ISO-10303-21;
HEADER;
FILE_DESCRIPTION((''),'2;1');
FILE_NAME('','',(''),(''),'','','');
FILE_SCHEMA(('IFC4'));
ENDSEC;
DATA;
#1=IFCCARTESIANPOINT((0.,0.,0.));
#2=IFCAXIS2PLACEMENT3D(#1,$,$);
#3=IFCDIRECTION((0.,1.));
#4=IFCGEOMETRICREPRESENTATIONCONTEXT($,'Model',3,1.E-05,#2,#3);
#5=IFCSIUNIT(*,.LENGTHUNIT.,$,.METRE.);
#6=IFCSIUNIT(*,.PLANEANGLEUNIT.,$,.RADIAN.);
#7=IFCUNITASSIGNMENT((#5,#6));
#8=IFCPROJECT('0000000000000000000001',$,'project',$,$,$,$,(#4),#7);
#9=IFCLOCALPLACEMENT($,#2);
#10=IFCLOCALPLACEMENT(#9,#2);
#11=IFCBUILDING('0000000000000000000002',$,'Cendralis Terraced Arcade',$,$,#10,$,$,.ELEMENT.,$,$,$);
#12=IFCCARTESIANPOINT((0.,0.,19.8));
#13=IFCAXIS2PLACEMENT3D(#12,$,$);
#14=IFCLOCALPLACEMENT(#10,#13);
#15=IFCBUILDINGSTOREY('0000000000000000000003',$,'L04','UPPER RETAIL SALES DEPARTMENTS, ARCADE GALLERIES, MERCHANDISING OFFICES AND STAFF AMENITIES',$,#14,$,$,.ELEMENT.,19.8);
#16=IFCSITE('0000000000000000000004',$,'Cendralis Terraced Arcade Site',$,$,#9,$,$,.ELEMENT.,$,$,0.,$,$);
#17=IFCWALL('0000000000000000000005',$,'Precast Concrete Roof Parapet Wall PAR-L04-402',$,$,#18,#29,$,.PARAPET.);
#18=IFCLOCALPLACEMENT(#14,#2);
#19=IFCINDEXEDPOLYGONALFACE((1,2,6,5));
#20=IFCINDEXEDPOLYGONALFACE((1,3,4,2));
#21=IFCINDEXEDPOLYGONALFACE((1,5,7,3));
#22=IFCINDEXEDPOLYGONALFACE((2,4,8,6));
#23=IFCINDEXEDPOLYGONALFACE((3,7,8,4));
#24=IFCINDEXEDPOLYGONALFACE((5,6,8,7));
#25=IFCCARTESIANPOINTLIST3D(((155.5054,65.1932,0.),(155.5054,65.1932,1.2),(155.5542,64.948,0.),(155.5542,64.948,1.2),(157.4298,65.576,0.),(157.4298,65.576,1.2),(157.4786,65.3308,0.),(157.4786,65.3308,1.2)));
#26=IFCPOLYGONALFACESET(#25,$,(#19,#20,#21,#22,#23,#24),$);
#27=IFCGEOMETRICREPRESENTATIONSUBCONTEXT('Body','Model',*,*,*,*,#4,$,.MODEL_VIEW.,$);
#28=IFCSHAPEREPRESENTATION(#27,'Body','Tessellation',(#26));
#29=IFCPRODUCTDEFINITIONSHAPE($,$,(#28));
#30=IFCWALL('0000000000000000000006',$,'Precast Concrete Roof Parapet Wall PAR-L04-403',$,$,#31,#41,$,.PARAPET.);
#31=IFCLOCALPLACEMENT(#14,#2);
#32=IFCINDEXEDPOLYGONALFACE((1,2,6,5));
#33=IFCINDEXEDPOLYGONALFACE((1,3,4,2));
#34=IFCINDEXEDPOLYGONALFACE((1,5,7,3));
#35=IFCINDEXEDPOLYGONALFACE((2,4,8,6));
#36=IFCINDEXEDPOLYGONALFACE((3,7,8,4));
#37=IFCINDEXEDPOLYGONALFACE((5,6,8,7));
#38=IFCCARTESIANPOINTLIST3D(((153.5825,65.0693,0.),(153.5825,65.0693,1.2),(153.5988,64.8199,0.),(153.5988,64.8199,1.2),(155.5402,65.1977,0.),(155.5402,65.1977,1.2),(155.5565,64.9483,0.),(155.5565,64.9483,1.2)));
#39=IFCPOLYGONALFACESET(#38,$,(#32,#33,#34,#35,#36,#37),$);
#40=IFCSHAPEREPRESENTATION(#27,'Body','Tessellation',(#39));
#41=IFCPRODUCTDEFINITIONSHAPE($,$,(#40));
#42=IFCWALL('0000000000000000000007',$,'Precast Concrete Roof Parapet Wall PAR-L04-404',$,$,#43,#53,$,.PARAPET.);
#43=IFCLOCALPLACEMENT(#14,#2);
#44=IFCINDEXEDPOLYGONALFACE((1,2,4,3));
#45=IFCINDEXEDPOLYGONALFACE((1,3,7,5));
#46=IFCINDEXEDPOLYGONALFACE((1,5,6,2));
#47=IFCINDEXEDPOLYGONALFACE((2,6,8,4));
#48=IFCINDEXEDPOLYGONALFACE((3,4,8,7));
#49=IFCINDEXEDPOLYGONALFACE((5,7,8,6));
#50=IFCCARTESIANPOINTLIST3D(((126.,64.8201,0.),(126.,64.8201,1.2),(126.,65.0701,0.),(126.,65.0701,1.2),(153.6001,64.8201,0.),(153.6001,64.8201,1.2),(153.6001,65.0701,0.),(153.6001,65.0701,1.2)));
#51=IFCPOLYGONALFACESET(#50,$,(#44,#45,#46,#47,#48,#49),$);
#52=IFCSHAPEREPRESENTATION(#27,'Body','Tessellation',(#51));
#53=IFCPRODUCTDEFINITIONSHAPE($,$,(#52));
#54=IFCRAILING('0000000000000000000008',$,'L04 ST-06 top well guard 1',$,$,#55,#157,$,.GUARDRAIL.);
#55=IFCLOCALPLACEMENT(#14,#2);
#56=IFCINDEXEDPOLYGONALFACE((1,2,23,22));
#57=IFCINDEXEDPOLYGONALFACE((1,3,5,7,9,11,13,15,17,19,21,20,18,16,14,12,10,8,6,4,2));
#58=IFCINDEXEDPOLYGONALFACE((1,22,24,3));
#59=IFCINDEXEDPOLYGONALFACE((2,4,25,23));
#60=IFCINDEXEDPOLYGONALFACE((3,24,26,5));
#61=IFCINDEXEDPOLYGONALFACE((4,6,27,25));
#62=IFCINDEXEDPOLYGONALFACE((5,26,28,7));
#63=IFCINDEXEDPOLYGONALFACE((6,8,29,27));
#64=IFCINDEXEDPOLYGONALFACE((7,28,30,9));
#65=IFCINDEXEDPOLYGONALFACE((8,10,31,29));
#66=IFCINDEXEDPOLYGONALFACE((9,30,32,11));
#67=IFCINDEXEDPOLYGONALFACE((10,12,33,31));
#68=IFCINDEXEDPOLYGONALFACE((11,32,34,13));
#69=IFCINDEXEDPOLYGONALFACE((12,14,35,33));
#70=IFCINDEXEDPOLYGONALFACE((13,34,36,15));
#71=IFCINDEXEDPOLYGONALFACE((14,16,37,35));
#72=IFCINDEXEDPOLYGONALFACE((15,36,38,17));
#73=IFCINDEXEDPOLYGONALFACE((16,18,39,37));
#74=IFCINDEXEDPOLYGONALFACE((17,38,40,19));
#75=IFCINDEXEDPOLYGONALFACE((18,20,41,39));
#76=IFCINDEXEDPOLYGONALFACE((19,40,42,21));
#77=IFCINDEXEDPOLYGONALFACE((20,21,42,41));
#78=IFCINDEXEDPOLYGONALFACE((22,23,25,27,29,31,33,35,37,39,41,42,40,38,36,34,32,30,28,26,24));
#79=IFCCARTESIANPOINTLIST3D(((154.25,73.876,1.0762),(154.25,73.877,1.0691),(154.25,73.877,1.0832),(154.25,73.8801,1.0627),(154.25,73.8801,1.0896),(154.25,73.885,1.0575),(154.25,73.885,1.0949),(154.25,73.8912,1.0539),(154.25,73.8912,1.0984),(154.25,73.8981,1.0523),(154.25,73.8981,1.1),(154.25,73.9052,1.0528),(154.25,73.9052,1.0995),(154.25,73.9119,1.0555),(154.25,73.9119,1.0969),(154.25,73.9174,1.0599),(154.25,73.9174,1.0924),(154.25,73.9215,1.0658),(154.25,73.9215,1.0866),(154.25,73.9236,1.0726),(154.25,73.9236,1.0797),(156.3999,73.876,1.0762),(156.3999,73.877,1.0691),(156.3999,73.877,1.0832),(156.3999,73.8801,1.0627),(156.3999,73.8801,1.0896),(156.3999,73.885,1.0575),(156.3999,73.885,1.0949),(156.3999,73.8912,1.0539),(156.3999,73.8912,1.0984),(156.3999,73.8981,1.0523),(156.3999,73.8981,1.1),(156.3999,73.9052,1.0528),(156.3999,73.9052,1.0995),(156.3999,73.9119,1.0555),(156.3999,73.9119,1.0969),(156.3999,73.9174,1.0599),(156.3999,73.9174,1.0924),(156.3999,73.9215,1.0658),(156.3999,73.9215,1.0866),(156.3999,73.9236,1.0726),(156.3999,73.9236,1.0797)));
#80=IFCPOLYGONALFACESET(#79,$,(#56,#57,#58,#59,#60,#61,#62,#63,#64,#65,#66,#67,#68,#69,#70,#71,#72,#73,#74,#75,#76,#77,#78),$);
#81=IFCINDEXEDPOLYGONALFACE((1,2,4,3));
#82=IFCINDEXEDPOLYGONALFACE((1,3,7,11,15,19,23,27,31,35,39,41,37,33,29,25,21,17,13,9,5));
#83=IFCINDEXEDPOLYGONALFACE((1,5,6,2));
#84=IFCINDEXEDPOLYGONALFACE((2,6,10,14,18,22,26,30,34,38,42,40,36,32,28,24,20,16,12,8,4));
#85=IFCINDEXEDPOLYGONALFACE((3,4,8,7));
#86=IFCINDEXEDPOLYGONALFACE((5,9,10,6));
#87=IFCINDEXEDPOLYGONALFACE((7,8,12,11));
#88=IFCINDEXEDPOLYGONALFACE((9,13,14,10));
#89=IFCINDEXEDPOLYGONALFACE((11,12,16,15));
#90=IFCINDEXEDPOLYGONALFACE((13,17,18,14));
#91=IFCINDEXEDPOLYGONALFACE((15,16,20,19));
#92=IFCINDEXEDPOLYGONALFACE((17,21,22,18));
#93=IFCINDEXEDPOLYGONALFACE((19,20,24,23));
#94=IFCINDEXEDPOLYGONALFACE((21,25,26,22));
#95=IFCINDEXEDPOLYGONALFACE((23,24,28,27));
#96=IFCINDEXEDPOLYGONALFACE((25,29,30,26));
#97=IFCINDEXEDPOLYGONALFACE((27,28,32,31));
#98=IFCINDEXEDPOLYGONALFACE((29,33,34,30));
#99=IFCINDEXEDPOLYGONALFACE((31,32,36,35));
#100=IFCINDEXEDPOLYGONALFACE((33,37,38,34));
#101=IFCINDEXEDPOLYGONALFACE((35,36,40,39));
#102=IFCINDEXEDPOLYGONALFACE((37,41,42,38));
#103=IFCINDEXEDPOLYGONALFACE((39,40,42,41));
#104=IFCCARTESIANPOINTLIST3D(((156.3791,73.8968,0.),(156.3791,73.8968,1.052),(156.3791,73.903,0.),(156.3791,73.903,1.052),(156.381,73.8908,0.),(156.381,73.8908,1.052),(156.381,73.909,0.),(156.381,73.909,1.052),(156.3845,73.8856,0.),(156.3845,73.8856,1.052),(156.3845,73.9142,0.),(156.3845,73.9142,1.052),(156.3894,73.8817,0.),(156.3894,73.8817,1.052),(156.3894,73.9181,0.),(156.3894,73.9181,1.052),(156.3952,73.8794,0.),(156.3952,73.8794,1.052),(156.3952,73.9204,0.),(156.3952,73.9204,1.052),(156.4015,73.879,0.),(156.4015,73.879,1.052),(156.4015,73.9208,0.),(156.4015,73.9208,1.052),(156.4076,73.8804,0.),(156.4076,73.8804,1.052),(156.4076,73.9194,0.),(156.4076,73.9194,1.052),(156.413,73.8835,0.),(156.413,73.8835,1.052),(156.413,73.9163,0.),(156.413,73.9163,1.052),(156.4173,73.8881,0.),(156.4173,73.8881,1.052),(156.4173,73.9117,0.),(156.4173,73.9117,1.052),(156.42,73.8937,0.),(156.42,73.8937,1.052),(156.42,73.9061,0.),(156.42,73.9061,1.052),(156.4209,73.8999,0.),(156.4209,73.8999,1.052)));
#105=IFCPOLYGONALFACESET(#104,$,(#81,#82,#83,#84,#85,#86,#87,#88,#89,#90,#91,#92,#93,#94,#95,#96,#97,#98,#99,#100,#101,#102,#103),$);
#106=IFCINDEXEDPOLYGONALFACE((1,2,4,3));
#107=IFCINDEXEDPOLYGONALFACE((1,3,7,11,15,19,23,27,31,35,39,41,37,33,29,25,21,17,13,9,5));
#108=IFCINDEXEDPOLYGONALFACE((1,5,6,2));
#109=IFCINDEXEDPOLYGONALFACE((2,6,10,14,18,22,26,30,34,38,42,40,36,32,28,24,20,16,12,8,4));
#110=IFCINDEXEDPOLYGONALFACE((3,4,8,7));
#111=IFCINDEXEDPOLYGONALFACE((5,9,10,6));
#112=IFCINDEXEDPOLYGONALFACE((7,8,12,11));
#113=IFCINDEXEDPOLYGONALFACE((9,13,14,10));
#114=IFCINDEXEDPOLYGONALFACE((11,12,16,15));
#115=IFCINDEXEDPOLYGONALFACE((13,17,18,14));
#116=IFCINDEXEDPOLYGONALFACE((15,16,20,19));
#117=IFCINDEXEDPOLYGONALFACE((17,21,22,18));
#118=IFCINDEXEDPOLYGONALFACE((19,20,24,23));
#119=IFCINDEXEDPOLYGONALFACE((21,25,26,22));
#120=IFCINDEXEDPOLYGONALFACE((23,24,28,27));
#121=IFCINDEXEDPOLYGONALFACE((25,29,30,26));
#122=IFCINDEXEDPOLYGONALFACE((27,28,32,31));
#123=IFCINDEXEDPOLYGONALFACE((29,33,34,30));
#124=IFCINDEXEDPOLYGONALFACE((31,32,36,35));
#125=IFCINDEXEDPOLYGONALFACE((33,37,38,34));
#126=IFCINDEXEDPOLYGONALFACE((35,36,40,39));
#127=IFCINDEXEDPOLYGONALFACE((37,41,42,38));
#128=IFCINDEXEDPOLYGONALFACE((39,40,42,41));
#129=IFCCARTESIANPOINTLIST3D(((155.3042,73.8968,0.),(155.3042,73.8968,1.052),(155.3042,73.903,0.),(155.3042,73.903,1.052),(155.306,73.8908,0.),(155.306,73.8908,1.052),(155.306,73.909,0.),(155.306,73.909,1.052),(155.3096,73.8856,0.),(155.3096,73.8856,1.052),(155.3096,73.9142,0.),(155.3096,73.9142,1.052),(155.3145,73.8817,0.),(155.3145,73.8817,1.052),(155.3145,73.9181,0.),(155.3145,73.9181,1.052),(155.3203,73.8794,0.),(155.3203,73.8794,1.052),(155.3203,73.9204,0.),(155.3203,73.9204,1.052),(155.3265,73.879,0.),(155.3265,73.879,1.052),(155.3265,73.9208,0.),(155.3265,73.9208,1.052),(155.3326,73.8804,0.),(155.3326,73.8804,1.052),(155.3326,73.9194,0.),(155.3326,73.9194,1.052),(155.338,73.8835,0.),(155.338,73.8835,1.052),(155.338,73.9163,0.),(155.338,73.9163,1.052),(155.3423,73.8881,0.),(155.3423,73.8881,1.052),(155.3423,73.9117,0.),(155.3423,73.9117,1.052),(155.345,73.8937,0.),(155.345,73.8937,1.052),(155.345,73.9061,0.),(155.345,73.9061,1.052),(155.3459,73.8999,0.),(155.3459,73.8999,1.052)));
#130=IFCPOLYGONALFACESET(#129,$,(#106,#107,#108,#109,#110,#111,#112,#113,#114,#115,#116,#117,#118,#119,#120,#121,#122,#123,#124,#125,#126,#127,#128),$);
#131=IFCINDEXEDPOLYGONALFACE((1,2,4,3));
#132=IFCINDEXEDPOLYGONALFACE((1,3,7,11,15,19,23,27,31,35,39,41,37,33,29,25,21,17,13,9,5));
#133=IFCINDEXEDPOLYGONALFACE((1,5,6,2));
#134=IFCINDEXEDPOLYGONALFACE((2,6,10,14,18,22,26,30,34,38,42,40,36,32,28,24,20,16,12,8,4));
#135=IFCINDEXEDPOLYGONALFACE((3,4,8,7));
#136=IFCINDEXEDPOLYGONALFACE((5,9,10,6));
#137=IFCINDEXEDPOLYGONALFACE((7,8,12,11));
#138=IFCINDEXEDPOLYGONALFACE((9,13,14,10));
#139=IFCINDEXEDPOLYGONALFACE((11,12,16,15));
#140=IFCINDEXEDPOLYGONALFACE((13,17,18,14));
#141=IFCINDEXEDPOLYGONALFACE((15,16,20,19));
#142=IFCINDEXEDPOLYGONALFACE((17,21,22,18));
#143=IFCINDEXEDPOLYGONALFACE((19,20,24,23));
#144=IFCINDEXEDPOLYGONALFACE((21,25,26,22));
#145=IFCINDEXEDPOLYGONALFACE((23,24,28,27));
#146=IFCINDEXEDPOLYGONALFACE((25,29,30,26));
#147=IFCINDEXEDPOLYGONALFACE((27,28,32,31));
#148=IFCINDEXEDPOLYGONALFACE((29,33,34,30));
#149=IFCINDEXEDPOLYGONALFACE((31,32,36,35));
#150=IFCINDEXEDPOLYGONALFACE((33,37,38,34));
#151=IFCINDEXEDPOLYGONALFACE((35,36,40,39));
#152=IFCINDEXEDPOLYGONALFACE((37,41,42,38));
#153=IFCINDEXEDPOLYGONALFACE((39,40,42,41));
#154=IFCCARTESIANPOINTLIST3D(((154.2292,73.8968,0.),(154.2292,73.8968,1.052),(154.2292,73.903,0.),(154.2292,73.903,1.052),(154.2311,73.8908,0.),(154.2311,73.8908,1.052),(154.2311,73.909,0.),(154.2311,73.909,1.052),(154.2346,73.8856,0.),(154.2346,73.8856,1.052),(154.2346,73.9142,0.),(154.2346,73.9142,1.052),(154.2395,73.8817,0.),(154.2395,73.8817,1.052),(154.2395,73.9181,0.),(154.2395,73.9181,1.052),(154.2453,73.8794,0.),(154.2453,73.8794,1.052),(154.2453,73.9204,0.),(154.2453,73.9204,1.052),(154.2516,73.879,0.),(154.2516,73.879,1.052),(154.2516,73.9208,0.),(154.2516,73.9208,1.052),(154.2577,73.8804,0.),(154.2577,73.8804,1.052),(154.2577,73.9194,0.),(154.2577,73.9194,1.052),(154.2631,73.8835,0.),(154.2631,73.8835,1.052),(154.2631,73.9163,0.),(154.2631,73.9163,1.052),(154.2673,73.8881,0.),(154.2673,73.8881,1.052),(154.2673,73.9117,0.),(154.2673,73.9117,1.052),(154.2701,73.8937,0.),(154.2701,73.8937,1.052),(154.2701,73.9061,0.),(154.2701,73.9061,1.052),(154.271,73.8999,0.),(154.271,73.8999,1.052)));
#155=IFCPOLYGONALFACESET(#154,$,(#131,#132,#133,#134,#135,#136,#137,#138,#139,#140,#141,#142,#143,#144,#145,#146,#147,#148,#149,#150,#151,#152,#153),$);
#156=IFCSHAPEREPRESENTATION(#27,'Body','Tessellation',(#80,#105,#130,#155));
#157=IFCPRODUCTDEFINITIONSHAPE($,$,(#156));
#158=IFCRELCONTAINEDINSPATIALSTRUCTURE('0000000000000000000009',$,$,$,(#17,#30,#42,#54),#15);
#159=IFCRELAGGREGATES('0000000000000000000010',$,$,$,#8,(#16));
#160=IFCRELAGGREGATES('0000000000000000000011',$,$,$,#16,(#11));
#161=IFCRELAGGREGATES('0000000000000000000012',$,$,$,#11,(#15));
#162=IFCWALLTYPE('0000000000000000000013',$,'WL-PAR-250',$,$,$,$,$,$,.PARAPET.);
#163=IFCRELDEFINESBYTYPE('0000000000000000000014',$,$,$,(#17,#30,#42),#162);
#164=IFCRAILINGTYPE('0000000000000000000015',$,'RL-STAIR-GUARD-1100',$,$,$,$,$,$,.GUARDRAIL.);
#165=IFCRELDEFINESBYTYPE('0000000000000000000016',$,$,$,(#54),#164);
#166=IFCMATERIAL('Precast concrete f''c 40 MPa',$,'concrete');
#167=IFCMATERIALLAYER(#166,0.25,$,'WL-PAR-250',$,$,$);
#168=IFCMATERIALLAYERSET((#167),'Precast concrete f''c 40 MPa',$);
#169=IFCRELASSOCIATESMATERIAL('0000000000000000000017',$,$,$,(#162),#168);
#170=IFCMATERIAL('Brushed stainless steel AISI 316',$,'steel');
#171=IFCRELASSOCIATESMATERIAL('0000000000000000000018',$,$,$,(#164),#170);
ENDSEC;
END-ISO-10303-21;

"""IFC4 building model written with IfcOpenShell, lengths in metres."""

from ifc_helpers import new_model, si_unit, direction, frame, frame_2d, origin, origin_2d, place, context, subcontext, project, spatial, rectangle, circle, extrude, material, layer, layer_set, type_object, element, save


model = new_model("IFC4")

# Units and contexts
model_context = context("Model", 3, precision=1e-05, world=origin(), true_north=direction((0.0, 1.0)))
body_context = subcontext(model_context, "Body", "Model", "MODEL_VIEW")
ifc_project = project(units=[si_unit("LENGTHUNIT", "METRE"), si_unit("PLANEANGLEUNIT", "RADIAN")], contexts=[model_context])

# Site, building, storey
site_placement = place(None, origin())
site = spatial("IfcSite", under=ifc_project, at=site_placement, Name="Cendralis Terraced Arcade Site", CompositionType="ELEMENT", RefElevation=0.0)
building_placement = place(site_placement, origin())
building = spatial("IfcBuilding", under=site, at=building_placement, Name="Cendralis Terraced Arcade", CompositionType="ELEMENT")
storey_placement = place(building_placement, frame((0.0, 0.0, 19.8)))
storey = spatial("IfcBuildingStorey", under=building, at=storey_placement, Name="L04", Description="UPPER RETAIL SALES DEPARTMENTS, ARCADE GALLERIES, MERCHANDISING OFFICES AND STAFF AMENITIES", CompositionType="ELEMENT", Elevation=19.8)

# Walls
ifc_material_1 = material(Name="Precast concrete f'c 40 MPa", Category="concrete")
ifc_layer_1 = layer(ifc_material_1, 0.25, Name="WL-PAR-250")
ifc_layer_set_1 = layer_set([ifc_layer_1], Name="Precast concrete f'c 40 MPa")
wall_type_1 = type_object("IfcWallType", Name="WL-PAR-250", PredefinedType="PARAPET", material=ifc_layer_set_1)
wall_1_placement = place(storey_placement, frame((157.4541, 65.4534, 0.0), z_axis=(0.0, 0.0, 1.0), x_axis=(-0.980786, -0.195087, 0.0)))
element("IfcWall", 1, at=wall_1_placement, inside=storey, type_object=wall_type_1, Name="Precast Concrete Roof Parapet Wall PAR-L04-402", PredefinedType="PARAPET", context=body_context, shape_type="SweptSolid", body=[
    extrude(rectangle(XDim=1.9622, YDim=0.25, at=frame_2d((0.981, 0.0))), origin(), (0.0, 0.0, 1.0), 1.2),
])
wall_2_placement = place(storey_placement, frame((155.5483, 65.073, 0.0), z_axis=(0.0, 0.0, 1.0), x_axis=(-0.997856, -0.065454, 0.0)))
element("IfcWall", 2, at=wall_2_placement, inside=storey, type_object=wall_type_1, Name="Precast Concrete Roof Parapet Wall PAR-L04-403", PredefinedType="PARAPET", context=body_context, shape_type="SweptSolid", body=[
    extrude(rectangle(XDim=1.9619, YDim=0.25, at=frame_2d((0.981, 0.0))), origin(), (0.0, 0.0, 1.0), 1.2),
])
wall_3_placement = place(storey_placement, frame((153.6001, 64.9451, 0.0), z_axis=(0.0, 0.0, 1.0), x_axis=(-1.0, 0.0, 0.0)))
element("IfcWall", 3, at=wall_3_placement, inside=storey, type_object=wall_type_1, Name="Precast Concrete Roof Parapet Wall PAR-L04-404", PredefinedType="PARAPET", context=body_context, shape_type="SweptSolid", body=[
    extrude(rectangle(XDim=27.6001, YDim=0.25, at=frame_2d((13.8, 0.0))), origin(), (0.0, 0.0, 1.0), 1.2),
])

# Railing
ifc_material_2 = material(Name="Brushed stainless steel AISI 316", Category="steel")
railing_type = type_object("IfcRailingType", Name="RL-STAIR-GUARD-1100", PredefinedType="GUARDRAIL", material=ifc_material_2)
railing_placement = place(storey_placement, frame((156.3999, 73.8999, 0.0)))
element("IfcRailing", 4, at=railing_placement, inside=storey, type_object=railing_type, Name="L04 ST-06 top well guard 1", PredefinedType="GUARDRAIL", context=body_context, shape_type="SweptSolid", body=[
    extrude(circle(Radius=0.0239, at=origin_2d()), frame((0.0, 0.0, 1.0762), z_axis=(-1.0, 0.0, 0.0), x_axis=(0.0, -1.0, 0.0)), (0.0, 0.0, 1.0), 2.1499),
    extrude(circle(Radius=0.021, at=origin_2d()), origin(), (0.0, 0.0, 1.0), 1.052),
    extrude(circle(Radius=0.021, at=origin_2d()), frame((-1.075, 0.0, 0.0)), (0.0, 0.0, 1.0), 1.052),
    extrude(circle(Radius=0.021, at=origin_2d()), frame((-2.1499, 0.0, 0.0)), (0.0, 0.0, 1.0), 1.052),
])

save(model, "model.ifc")
